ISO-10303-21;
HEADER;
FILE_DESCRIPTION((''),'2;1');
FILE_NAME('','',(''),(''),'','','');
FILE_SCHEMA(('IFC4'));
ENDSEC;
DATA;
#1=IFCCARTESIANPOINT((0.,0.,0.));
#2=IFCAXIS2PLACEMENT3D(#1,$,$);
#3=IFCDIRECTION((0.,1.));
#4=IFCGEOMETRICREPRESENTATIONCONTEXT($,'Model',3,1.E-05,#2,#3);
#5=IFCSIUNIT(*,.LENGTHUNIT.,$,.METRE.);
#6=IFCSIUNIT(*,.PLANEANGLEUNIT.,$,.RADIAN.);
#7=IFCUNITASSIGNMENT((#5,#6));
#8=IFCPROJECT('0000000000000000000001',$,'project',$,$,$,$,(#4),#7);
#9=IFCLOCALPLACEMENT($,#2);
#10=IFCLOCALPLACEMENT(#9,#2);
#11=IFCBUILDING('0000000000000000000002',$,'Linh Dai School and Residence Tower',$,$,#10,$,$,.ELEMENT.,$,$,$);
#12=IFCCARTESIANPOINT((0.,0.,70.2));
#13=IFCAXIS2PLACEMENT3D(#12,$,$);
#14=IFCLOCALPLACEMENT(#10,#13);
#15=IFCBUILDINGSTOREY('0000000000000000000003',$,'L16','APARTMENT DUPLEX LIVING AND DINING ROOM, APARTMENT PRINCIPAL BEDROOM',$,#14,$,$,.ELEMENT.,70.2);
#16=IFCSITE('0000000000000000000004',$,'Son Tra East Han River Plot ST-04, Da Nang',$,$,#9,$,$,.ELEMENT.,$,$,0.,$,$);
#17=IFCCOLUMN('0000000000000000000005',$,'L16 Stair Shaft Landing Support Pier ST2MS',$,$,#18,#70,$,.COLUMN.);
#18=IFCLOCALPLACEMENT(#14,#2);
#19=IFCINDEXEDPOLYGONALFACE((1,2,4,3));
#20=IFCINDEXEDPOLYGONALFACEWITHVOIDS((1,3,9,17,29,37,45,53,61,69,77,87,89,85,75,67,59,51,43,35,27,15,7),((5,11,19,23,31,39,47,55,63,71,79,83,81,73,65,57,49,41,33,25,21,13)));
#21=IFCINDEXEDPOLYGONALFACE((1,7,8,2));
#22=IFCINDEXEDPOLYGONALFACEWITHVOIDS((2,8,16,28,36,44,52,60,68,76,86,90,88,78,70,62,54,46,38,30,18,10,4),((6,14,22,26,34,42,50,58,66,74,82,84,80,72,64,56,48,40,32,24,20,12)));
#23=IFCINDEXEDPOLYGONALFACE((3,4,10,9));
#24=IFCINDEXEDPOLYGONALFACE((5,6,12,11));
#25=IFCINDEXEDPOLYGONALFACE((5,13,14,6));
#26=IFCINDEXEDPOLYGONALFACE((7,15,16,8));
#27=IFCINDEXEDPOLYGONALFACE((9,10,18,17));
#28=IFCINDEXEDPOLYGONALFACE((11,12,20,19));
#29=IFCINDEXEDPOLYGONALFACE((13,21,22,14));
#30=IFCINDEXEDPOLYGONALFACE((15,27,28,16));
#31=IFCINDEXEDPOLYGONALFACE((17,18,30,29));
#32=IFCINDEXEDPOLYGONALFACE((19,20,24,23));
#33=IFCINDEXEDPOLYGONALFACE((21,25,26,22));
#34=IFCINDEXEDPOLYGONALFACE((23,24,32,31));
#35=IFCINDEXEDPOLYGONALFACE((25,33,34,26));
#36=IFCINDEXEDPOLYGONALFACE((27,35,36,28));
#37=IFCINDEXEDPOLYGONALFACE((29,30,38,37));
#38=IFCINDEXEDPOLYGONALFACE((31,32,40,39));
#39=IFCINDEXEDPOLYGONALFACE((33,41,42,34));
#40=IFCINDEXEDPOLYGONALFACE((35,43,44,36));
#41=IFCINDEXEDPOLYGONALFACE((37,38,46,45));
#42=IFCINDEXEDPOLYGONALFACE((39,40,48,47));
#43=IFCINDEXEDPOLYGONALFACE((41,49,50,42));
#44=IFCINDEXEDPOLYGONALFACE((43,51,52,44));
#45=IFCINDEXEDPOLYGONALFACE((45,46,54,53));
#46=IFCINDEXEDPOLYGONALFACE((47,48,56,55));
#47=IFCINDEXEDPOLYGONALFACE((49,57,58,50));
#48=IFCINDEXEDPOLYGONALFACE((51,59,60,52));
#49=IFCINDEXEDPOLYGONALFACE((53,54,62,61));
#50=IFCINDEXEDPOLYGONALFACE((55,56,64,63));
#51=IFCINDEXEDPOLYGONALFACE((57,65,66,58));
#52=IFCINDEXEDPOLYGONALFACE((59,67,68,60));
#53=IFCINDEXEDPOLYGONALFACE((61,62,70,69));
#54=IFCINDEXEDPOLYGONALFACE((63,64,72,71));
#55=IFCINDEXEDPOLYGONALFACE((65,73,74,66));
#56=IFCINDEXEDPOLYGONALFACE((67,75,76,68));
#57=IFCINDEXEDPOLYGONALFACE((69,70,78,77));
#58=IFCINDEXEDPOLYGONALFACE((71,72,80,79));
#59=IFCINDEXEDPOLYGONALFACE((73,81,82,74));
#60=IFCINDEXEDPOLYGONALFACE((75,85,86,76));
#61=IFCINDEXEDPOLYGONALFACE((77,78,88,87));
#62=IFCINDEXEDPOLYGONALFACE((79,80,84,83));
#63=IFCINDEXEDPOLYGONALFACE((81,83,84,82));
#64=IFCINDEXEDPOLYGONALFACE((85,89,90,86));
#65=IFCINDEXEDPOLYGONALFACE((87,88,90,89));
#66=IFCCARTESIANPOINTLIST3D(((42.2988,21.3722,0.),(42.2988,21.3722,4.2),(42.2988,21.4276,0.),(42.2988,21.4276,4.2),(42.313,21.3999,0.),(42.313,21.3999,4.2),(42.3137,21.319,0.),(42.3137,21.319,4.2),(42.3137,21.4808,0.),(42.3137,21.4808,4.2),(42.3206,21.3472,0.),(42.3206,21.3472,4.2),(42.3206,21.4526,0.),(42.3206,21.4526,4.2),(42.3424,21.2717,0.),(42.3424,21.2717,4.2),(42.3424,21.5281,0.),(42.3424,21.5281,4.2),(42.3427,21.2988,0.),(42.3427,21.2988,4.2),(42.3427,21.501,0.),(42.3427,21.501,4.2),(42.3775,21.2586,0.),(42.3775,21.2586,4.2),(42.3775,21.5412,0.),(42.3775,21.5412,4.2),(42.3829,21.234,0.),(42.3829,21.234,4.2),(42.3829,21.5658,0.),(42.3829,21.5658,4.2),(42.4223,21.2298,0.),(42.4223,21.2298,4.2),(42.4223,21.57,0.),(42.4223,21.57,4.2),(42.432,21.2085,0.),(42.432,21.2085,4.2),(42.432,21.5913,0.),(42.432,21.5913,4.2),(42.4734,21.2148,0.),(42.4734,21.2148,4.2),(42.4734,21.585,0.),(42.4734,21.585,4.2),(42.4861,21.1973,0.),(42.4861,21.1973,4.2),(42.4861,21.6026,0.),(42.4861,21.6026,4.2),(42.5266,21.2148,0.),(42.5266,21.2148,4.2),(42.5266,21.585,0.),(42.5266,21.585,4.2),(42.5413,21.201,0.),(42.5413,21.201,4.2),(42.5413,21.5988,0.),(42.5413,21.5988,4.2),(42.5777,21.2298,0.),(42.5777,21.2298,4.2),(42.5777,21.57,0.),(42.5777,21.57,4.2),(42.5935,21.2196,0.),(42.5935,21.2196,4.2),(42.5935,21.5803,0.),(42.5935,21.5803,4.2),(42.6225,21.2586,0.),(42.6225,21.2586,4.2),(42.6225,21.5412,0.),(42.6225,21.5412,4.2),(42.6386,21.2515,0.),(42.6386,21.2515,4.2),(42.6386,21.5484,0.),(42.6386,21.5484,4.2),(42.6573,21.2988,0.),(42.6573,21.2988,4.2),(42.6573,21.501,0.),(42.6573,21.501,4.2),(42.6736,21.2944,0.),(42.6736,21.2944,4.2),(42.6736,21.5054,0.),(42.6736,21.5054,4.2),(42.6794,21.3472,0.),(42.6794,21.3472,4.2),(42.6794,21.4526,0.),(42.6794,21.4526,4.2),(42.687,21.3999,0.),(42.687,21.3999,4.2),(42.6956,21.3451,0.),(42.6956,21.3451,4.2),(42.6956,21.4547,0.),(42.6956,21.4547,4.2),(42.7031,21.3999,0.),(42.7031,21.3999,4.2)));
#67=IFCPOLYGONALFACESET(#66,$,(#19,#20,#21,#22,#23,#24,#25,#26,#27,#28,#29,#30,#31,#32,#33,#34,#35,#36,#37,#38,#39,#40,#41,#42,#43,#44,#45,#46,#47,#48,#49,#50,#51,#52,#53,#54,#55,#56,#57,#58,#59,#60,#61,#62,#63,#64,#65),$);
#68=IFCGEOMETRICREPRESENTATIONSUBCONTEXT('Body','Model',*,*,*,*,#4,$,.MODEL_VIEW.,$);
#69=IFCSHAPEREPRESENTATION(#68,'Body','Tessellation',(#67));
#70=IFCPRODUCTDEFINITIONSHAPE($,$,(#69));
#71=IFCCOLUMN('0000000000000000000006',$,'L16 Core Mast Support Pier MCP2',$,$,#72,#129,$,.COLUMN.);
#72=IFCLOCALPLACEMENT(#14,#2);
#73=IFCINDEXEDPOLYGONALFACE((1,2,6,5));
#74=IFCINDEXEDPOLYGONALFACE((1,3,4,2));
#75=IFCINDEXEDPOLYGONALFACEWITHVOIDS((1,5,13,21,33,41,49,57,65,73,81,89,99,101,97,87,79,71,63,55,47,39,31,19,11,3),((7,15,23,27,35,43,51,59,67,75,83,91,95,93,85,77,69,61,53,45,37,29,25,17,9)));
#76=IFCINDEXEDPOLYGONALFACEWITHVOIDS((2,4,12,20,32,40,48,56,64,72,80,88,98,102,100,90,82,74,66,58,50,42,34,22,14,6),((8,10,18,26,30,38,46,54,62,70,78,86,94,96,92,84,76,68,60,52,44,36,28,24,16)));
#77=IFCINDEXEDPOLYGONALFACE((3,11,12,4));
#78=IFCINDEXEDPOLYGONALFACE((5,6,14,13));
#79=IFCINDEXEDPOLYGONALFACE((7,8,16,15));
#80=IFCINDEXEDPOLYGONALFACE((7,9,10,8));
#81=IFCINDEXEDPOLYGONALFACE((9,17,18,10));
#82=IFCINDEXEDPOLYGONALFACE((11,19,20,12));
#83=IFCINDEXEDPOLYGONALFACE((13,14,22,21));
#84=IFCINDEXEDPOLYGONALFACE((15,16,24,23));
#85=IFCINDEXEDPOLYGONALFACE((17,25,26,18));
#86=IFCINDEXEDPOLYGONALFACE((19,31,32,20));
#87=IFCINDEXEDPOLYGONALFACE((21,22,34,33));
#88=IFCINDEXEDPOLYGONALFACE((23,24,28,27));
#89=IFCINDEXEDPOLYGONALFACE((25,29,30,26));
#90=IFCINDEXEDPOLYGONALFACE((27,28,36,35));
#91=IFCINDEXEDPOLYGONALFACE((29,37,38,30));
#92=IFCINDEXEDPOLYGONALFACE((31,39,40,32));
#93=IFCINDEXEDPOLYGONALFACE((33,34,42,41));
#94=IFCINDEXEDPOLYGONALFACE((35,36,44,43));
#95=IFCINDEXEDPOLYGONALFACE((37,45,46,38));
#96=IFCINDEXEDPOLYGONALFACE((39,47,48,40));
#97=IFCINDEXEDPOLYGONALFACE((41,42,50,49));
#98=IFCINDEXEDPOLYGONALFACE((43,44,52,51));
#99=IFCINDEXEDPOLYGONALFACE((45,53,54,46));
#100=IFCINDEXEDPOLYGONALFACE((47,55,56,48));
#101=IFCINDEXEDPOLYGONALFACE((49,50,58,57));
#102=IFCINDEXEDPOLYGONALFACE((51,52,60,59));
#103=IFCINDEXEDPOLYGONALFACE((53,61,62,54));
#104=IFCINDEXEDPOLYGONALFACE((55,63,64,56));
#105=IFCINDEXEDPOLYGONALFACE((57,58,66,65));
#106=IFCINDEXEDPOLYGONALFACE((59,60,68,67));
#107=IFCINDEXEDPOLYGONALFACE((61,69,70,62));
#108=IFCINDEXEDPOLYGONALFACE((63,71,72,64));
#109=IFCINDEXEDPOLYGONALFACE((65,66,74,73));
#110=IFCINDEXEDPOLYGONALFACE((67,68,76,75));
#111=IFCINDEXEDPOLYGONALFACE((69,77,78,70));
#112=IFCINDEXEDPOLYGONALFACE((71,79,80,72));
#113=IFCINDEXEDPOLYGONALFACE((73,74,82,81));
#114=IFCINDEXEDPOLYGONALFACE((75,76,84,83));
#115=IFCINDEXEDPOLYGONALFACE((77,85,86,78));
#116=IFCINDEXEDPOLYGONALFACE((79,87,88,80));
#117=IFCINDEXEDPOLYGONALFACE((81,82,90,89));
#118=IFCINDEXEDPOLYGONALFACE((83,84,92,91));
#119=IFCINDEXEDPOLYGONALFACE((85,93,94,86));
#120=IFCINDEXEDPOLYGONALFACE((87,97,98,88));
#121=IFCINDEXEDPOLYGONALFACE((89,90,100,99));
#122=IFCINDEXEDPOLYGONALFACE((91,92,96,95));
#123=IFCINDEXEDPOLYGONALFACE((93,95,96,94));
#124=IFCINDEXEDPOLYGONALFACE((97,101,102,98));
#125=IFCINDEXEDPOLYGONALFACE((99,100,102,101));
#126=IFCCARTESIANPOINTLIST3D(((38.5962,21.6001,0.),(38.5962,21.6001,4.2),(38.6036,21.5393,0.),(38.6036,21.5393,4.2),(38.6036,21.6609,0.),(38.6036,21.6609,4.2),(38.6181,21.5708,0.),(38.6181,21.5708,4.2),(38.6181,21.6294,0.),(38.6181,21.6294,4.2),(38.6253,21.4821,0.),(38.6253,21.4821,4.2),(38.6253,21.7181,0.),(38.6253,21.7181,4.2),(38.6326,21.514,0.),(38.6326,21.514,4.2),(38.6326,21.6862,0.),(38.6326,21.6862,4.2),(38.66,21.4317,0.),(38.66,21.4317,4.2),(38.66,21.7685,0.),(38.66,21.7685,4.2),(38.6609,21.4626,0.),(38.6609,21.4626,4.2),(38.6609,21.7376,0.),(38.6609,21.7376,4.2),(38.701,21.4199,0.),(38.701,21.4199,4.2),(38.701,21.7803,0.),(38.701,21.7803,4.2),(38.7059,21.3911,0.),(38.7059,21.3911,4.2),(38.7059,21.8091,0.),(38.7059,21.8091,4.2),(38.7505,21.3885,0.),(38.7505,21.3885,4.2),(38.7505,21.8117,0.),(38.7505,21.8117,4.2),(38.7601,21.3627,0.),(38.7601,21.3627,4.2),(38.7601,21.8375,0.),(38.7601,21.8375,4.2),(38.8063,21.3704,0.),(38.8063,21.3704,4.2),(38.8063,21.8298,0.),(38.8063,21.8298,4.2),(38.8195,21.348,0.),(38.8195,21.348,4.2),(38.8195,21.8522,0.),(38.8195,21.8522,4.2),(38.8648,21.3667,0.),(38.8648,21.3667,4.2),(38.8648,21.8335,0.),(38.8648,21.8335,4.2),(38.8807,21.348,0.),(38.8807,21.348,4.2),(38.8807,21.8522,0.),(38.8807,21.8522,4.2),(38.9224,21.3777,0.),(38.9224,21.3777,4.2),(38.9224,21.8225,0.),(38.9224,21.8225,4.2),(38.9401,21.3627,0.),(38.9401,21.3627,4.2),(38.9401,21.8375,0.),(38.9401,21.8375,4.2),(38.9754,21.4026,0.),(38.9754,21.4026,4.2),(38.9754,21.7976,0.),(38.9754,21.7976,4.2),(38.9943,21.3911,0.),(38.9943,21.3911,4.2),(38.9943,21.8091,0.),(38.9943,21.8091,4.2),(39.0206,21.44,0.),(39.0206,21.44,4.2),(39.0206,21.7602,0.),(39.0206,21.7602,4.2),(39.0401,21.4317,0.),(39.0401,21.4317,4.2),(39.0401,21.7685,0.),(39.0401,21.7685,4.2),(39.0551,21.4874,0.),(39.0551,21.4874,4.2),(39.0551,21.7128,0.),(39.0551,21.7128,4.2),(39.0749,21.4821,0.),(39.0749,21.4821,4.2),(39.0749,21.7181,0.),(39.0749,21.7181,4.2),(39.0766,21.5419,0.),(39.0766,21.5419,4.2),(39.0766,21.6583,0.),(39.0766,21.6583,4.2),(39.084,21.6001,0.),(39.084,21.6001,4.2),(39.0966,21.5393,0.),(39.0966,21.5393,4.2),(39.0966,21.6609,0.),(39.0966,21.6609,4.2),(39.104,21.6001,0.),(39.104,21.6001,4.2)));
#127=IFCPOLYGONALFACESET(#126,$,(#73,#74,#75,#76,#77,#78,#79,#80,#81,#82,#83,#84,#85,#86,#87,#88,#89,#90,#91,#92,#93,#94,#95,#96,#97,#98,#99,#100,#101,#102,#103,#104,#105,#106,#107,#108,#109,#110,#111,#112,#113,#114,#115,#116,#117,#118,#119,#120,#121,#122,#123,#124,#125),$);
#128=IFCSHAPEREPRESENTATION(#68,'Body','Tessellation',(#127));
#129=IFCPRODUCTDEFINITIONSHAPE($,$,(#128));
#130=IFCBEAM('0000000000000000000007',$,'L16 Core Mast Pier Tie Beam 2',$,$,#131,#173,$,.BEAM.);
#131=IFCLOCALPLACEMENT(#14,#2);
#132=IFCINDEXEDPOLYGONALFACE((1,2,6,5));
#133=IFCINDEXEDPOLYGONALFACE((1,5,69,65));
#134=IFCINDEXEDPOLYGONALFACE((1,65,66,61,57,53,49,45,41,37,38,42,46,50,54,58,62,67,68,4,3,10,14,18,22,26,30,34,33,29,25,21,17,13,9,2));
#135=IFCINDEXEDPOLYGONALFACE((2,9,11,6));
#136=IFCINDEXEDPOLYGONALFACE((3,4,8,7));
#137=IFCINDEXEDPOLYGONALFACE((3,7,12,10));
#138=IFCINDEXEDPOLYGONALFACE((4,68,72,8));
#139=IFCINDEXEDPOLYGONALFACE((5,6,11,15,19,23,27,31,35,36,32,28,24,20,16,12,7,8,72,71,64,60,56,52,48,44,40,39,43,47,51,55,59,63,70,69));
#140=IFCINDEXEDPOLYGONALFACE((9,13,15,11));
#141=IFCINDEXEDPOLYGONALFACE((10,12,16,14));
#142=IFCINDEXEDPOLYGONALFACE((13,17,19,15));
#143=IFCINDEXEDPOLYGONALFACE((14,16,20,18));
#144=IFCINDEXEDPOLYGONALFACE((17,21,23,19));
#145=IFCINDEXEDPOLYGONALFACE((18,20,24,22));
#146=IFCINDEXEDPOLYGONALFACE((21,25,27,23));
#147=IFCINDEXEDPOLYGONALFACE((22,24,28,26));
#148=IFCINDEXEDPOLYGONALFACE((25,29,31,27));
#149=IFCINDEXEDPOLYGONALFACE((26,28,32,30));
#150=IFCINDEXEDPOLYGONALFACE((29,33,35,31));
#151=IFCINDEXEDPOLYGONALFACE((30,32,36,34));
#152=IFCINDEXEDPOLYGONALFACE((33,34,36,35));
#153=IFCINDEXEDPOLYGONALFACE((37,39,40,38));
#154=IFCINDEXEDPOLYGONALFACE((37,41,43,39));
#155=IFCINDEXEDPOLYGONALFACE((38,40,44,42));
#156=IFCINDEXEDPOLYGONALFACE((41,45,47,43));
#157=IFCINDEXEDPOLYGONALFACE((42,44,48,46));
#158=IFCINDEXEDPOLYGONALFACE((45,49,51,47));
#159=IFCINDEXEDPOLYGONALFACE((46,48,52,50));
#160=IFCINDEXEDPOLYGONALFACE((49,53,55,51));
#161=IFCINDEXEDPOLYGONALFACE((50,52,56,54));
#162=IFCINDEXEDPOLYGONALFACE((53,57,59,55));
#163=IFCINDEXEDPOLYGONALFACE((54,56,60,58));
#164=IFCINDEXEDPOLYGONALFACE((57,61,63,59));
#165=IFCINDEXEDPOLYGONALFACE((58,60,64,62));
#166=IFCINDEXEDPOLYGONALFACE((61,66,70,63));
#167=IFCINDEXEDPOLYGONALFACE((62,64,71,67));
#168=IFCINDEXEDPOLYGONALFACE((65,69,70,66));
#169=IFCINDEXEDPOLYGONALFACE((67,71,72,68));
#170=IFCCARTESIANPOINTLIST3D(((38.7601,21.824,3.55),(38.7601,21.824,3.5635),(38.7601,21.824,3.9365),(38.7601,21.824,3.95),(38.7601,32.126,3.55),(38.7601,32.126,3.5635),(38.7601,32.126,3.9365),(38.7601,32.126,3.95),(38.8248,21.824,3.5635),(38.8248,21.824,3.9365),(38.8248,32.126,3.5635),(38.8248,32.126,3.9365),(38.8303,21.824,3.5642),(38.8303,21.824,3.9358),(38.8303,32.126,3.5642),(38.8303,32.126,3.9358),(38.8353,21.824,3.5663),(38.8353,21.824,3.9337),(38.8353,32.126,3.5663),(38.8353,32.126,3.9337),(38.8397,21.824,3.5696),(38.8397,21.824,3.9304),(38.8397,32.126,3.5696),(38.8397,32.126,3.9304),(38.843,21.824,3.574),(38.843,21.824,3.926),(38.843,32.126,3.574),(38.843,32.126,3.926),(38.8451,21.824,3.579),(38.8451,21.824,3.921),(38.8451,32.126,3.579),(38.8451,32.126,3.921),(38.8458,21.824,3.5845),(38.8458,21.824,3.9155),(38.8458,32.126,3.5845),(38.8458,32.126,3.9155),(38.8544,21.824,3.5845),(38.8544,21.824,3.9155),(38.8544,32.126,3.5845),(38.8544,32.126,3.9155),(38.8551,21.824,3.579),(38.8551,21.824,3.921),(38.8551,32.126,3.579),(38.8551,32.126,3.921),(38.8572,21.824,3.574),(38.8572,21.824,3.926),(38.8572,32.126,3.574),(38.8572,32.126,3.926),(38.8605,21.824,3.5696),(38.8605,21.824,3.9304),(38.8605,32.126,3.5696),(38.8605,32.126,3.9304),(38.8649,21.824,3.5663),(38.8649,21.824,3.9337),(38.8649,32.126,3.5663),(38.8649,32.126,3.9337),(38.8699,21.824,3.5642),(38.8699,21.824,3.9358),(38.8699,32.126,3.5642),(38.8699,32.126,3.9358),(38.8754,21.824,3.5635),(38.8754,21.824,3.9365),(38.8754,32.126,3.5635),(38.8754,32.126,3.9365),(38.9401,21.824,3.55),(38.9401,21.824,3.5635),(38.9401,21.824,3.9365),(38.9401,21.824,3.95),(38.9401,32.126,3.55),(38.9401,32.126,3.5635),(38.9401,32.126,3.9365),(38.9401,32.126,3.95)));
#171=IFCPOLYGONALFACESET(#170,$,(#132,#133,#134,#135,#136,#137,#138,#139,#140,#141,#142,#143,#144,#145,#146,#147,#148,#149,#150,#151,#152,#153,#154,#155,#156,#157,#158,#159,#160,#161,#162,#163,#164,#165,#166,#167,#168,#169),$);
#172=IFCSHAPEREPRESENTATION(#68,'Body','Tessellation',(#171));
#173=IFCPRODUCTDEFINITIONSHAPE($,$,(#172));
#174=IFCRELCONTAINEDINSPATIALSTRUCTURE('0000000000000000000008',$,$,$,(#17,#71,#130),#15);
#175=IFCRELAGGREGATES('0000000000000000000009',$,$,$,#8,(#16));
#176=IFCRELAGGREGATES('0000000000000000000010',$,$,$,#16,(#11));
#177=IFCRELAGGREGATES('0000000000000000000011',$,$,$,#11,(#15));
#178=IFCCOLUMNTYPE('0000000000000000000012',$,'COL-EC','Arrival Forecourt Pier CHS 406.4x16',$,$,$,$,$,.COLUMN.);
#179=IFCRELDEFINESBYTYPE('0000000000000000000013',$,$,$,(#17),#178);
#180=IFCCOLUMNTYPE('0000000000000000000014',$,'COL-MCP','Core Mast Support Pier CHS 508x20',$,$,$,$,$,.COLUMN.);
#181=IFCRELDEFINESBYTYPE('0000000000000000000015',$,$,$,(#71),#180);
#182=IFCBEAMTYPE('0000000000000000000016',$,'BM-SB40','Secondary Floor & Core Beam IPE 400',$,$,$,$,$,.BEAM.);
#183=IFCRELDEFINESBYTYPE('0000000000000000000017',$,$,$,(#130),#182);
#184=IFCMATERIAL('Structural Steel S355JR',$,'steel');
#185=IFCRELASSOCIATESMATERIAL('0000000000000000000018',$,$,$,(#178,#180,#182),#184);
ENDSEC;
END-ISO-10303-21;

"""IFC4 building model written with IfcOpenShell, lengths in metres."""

from ifc_helpers import new_model, si_unit, direction, frame, origin, origin_2d, place, context, subcontext, project, spatial, hollow_circle, i_section, extrude, material, material_profile, profile_set, type_object, element, save


model = new_model("IFC4")

# Units and contexts
model_context = context("Model", 3, precision=1e-05, world=origin(), true_north=direction((0.0, 1.0)))
body_context = subcontext(model_context, "Body", "Model", "MODEL_VIEW")
ifc_project = project(units=[si_unit("LENGTHUNIT", "METRE"), si_unit("PLANEANGLEUNIT", "RADIAN")], contexts=[model_context])

# Site, building, storey
site_placement = place(None, origin())
site = spatial("IfcSite", under=ifc_project, at=site_placement, Name="Son Tra East Han River Plot ST-04, Da Nang", CompositionType="ELEMENT", RefElevation=0.0)
building_placement = place(site_placement, origin())
building = spatial("IfcBuilding", under=site, at=building_placement, Name="Linh Dai School and Residence Tower", CompositionType="ELEMENT")
storey_placement = place(building_placement, frame((0.0, 0.0, 70.2)))
storey = spatial("IfcBuildingStorey", under=building, at=storey_placement, Name="L16", Description="APARTMENT DUPLEX LIVING AND DINING ROOM, APARTMENT PRINCIPAL BEDROOM", CompositionType="ELEMENT", Elevation=70.2)

# Columns
ifc_material_1 = material(Name="Structural Steel S355JR", Category="steel")
ifc_material_profile_1 = material_profile(ifc_material_1, hollow_circle(Radius=0.2031, WallThickness=0.0161, at=origin_2d()), Name="CHS 406.4x16")
ifc_profile_set_1 = profile_set([ifc_material_profile_1], Name="Structural Steel S355JR")
column_type_1 = type_object("IfcColumnType", Name="COL-EC", Description="Arrival Forecourt Pier CHS 406.4x16", PredefinedType="COLUMN", material=ifc_profile_set_1)
column_1_placement = place(storey_placement, frame((42.5, 21.3999, 0.0), z_axis=(0.0, 0.0, 1.0), x_axis=(1.0, 0.0, 0.0)))
element("IfcColumn", 1, at=column_1_placement, inside=storey, type_object=column_type_1, Name="L16 Stair Shaft Landing Support Pier ST2MS", PredefinedType="COLUMN", context=body_context, shape_type="SweptSolid", body=[
    extrude(hollow_circle(Radius=0.2031, WallThickness=0.0161, at=origin_2d()), origin(), (0.0, 0.0, 1.0), 4.2),
])
ifc_material_profile_2 = material_profile(ifc_material_1, hollow_circle(Radius=0.2539, WallThickness=0.02, at=origin_2d()), Name="CHS 508x20")
ifc_profile_set_2 = profile_set([ifc_material_profile_2], Name="Structural Steel S355JR")
column_type_2 = type_object("IfcColumnType", Name="COL-MCP", Description="Core Mast Support Pier CHS 508x20", PredefinedType="COLUMN", material=ifc_profile_set_2)
column_2_placement = place(storey_placement, frame((38.8501, 21.6001, 0.0), z_axis=(0.0, 0.0, 1.0), x_axis=(1.0, 0.0, 0.0)))
element("IfcColumn", 2, at=column_2_placement, inside=storey, type_object=column_type_2, Name="L16 Core Mast Support Pier MCP2", PredefinedType="COLUMN", context=body_context, shape_type="SweptSolid", body=[
    extrude(hollow_circle(Radius=0.2539, WallThickness=0.02, at=origin_2d()), origin(), (0.0, 0.0, 1.0), 4.2),
])

# Beam
ifc_material_profile_3 = material_profile(ifc_material_1, i_section(OverallWidth=0.1799, OverallDepth=0.3999, WebThickness=0.0085, FlangeThickness=0.0134, FilletRadius=0.021, at=origin_2d()), Name="IPE 400")
ifc_profile_set_3 = profile_set([ifc_material_profile_3], Name="Structural Steel S355JR")
beam_type = type_object("IfcBeamType", Name="BM-SB40", Description="Secondary Floor & Core Beam IPE 400", PredefinedType="BEAM", material=ifc_profile_set_3)
beam_placement = place(storey_placement, frame((38.8501, 21.824, 3.75), z_axis=(0.0, 1.0, 0.0), x_axis=(-1.0, 0.0, 0.0)))
element("IfcBeam", 3, at=beam_placement, inside=storey, type_object=beam_type, Name="L16 Core Mast Pier Tie Beam 2", PredefinedType="BEAM", context=body_context, shape_type="SweptSolid", body=[
    extrude(i_section(OverallWidth=0.1799, OverallDepth=0.3999, WebThickness=0.0085, FlangeThickness=0.0134, FilletRadius=0.021, at=origin_2d()), origin(), (0.0, 0.0, 1.0), 10.302),
])

save(model, "model.ifc")
